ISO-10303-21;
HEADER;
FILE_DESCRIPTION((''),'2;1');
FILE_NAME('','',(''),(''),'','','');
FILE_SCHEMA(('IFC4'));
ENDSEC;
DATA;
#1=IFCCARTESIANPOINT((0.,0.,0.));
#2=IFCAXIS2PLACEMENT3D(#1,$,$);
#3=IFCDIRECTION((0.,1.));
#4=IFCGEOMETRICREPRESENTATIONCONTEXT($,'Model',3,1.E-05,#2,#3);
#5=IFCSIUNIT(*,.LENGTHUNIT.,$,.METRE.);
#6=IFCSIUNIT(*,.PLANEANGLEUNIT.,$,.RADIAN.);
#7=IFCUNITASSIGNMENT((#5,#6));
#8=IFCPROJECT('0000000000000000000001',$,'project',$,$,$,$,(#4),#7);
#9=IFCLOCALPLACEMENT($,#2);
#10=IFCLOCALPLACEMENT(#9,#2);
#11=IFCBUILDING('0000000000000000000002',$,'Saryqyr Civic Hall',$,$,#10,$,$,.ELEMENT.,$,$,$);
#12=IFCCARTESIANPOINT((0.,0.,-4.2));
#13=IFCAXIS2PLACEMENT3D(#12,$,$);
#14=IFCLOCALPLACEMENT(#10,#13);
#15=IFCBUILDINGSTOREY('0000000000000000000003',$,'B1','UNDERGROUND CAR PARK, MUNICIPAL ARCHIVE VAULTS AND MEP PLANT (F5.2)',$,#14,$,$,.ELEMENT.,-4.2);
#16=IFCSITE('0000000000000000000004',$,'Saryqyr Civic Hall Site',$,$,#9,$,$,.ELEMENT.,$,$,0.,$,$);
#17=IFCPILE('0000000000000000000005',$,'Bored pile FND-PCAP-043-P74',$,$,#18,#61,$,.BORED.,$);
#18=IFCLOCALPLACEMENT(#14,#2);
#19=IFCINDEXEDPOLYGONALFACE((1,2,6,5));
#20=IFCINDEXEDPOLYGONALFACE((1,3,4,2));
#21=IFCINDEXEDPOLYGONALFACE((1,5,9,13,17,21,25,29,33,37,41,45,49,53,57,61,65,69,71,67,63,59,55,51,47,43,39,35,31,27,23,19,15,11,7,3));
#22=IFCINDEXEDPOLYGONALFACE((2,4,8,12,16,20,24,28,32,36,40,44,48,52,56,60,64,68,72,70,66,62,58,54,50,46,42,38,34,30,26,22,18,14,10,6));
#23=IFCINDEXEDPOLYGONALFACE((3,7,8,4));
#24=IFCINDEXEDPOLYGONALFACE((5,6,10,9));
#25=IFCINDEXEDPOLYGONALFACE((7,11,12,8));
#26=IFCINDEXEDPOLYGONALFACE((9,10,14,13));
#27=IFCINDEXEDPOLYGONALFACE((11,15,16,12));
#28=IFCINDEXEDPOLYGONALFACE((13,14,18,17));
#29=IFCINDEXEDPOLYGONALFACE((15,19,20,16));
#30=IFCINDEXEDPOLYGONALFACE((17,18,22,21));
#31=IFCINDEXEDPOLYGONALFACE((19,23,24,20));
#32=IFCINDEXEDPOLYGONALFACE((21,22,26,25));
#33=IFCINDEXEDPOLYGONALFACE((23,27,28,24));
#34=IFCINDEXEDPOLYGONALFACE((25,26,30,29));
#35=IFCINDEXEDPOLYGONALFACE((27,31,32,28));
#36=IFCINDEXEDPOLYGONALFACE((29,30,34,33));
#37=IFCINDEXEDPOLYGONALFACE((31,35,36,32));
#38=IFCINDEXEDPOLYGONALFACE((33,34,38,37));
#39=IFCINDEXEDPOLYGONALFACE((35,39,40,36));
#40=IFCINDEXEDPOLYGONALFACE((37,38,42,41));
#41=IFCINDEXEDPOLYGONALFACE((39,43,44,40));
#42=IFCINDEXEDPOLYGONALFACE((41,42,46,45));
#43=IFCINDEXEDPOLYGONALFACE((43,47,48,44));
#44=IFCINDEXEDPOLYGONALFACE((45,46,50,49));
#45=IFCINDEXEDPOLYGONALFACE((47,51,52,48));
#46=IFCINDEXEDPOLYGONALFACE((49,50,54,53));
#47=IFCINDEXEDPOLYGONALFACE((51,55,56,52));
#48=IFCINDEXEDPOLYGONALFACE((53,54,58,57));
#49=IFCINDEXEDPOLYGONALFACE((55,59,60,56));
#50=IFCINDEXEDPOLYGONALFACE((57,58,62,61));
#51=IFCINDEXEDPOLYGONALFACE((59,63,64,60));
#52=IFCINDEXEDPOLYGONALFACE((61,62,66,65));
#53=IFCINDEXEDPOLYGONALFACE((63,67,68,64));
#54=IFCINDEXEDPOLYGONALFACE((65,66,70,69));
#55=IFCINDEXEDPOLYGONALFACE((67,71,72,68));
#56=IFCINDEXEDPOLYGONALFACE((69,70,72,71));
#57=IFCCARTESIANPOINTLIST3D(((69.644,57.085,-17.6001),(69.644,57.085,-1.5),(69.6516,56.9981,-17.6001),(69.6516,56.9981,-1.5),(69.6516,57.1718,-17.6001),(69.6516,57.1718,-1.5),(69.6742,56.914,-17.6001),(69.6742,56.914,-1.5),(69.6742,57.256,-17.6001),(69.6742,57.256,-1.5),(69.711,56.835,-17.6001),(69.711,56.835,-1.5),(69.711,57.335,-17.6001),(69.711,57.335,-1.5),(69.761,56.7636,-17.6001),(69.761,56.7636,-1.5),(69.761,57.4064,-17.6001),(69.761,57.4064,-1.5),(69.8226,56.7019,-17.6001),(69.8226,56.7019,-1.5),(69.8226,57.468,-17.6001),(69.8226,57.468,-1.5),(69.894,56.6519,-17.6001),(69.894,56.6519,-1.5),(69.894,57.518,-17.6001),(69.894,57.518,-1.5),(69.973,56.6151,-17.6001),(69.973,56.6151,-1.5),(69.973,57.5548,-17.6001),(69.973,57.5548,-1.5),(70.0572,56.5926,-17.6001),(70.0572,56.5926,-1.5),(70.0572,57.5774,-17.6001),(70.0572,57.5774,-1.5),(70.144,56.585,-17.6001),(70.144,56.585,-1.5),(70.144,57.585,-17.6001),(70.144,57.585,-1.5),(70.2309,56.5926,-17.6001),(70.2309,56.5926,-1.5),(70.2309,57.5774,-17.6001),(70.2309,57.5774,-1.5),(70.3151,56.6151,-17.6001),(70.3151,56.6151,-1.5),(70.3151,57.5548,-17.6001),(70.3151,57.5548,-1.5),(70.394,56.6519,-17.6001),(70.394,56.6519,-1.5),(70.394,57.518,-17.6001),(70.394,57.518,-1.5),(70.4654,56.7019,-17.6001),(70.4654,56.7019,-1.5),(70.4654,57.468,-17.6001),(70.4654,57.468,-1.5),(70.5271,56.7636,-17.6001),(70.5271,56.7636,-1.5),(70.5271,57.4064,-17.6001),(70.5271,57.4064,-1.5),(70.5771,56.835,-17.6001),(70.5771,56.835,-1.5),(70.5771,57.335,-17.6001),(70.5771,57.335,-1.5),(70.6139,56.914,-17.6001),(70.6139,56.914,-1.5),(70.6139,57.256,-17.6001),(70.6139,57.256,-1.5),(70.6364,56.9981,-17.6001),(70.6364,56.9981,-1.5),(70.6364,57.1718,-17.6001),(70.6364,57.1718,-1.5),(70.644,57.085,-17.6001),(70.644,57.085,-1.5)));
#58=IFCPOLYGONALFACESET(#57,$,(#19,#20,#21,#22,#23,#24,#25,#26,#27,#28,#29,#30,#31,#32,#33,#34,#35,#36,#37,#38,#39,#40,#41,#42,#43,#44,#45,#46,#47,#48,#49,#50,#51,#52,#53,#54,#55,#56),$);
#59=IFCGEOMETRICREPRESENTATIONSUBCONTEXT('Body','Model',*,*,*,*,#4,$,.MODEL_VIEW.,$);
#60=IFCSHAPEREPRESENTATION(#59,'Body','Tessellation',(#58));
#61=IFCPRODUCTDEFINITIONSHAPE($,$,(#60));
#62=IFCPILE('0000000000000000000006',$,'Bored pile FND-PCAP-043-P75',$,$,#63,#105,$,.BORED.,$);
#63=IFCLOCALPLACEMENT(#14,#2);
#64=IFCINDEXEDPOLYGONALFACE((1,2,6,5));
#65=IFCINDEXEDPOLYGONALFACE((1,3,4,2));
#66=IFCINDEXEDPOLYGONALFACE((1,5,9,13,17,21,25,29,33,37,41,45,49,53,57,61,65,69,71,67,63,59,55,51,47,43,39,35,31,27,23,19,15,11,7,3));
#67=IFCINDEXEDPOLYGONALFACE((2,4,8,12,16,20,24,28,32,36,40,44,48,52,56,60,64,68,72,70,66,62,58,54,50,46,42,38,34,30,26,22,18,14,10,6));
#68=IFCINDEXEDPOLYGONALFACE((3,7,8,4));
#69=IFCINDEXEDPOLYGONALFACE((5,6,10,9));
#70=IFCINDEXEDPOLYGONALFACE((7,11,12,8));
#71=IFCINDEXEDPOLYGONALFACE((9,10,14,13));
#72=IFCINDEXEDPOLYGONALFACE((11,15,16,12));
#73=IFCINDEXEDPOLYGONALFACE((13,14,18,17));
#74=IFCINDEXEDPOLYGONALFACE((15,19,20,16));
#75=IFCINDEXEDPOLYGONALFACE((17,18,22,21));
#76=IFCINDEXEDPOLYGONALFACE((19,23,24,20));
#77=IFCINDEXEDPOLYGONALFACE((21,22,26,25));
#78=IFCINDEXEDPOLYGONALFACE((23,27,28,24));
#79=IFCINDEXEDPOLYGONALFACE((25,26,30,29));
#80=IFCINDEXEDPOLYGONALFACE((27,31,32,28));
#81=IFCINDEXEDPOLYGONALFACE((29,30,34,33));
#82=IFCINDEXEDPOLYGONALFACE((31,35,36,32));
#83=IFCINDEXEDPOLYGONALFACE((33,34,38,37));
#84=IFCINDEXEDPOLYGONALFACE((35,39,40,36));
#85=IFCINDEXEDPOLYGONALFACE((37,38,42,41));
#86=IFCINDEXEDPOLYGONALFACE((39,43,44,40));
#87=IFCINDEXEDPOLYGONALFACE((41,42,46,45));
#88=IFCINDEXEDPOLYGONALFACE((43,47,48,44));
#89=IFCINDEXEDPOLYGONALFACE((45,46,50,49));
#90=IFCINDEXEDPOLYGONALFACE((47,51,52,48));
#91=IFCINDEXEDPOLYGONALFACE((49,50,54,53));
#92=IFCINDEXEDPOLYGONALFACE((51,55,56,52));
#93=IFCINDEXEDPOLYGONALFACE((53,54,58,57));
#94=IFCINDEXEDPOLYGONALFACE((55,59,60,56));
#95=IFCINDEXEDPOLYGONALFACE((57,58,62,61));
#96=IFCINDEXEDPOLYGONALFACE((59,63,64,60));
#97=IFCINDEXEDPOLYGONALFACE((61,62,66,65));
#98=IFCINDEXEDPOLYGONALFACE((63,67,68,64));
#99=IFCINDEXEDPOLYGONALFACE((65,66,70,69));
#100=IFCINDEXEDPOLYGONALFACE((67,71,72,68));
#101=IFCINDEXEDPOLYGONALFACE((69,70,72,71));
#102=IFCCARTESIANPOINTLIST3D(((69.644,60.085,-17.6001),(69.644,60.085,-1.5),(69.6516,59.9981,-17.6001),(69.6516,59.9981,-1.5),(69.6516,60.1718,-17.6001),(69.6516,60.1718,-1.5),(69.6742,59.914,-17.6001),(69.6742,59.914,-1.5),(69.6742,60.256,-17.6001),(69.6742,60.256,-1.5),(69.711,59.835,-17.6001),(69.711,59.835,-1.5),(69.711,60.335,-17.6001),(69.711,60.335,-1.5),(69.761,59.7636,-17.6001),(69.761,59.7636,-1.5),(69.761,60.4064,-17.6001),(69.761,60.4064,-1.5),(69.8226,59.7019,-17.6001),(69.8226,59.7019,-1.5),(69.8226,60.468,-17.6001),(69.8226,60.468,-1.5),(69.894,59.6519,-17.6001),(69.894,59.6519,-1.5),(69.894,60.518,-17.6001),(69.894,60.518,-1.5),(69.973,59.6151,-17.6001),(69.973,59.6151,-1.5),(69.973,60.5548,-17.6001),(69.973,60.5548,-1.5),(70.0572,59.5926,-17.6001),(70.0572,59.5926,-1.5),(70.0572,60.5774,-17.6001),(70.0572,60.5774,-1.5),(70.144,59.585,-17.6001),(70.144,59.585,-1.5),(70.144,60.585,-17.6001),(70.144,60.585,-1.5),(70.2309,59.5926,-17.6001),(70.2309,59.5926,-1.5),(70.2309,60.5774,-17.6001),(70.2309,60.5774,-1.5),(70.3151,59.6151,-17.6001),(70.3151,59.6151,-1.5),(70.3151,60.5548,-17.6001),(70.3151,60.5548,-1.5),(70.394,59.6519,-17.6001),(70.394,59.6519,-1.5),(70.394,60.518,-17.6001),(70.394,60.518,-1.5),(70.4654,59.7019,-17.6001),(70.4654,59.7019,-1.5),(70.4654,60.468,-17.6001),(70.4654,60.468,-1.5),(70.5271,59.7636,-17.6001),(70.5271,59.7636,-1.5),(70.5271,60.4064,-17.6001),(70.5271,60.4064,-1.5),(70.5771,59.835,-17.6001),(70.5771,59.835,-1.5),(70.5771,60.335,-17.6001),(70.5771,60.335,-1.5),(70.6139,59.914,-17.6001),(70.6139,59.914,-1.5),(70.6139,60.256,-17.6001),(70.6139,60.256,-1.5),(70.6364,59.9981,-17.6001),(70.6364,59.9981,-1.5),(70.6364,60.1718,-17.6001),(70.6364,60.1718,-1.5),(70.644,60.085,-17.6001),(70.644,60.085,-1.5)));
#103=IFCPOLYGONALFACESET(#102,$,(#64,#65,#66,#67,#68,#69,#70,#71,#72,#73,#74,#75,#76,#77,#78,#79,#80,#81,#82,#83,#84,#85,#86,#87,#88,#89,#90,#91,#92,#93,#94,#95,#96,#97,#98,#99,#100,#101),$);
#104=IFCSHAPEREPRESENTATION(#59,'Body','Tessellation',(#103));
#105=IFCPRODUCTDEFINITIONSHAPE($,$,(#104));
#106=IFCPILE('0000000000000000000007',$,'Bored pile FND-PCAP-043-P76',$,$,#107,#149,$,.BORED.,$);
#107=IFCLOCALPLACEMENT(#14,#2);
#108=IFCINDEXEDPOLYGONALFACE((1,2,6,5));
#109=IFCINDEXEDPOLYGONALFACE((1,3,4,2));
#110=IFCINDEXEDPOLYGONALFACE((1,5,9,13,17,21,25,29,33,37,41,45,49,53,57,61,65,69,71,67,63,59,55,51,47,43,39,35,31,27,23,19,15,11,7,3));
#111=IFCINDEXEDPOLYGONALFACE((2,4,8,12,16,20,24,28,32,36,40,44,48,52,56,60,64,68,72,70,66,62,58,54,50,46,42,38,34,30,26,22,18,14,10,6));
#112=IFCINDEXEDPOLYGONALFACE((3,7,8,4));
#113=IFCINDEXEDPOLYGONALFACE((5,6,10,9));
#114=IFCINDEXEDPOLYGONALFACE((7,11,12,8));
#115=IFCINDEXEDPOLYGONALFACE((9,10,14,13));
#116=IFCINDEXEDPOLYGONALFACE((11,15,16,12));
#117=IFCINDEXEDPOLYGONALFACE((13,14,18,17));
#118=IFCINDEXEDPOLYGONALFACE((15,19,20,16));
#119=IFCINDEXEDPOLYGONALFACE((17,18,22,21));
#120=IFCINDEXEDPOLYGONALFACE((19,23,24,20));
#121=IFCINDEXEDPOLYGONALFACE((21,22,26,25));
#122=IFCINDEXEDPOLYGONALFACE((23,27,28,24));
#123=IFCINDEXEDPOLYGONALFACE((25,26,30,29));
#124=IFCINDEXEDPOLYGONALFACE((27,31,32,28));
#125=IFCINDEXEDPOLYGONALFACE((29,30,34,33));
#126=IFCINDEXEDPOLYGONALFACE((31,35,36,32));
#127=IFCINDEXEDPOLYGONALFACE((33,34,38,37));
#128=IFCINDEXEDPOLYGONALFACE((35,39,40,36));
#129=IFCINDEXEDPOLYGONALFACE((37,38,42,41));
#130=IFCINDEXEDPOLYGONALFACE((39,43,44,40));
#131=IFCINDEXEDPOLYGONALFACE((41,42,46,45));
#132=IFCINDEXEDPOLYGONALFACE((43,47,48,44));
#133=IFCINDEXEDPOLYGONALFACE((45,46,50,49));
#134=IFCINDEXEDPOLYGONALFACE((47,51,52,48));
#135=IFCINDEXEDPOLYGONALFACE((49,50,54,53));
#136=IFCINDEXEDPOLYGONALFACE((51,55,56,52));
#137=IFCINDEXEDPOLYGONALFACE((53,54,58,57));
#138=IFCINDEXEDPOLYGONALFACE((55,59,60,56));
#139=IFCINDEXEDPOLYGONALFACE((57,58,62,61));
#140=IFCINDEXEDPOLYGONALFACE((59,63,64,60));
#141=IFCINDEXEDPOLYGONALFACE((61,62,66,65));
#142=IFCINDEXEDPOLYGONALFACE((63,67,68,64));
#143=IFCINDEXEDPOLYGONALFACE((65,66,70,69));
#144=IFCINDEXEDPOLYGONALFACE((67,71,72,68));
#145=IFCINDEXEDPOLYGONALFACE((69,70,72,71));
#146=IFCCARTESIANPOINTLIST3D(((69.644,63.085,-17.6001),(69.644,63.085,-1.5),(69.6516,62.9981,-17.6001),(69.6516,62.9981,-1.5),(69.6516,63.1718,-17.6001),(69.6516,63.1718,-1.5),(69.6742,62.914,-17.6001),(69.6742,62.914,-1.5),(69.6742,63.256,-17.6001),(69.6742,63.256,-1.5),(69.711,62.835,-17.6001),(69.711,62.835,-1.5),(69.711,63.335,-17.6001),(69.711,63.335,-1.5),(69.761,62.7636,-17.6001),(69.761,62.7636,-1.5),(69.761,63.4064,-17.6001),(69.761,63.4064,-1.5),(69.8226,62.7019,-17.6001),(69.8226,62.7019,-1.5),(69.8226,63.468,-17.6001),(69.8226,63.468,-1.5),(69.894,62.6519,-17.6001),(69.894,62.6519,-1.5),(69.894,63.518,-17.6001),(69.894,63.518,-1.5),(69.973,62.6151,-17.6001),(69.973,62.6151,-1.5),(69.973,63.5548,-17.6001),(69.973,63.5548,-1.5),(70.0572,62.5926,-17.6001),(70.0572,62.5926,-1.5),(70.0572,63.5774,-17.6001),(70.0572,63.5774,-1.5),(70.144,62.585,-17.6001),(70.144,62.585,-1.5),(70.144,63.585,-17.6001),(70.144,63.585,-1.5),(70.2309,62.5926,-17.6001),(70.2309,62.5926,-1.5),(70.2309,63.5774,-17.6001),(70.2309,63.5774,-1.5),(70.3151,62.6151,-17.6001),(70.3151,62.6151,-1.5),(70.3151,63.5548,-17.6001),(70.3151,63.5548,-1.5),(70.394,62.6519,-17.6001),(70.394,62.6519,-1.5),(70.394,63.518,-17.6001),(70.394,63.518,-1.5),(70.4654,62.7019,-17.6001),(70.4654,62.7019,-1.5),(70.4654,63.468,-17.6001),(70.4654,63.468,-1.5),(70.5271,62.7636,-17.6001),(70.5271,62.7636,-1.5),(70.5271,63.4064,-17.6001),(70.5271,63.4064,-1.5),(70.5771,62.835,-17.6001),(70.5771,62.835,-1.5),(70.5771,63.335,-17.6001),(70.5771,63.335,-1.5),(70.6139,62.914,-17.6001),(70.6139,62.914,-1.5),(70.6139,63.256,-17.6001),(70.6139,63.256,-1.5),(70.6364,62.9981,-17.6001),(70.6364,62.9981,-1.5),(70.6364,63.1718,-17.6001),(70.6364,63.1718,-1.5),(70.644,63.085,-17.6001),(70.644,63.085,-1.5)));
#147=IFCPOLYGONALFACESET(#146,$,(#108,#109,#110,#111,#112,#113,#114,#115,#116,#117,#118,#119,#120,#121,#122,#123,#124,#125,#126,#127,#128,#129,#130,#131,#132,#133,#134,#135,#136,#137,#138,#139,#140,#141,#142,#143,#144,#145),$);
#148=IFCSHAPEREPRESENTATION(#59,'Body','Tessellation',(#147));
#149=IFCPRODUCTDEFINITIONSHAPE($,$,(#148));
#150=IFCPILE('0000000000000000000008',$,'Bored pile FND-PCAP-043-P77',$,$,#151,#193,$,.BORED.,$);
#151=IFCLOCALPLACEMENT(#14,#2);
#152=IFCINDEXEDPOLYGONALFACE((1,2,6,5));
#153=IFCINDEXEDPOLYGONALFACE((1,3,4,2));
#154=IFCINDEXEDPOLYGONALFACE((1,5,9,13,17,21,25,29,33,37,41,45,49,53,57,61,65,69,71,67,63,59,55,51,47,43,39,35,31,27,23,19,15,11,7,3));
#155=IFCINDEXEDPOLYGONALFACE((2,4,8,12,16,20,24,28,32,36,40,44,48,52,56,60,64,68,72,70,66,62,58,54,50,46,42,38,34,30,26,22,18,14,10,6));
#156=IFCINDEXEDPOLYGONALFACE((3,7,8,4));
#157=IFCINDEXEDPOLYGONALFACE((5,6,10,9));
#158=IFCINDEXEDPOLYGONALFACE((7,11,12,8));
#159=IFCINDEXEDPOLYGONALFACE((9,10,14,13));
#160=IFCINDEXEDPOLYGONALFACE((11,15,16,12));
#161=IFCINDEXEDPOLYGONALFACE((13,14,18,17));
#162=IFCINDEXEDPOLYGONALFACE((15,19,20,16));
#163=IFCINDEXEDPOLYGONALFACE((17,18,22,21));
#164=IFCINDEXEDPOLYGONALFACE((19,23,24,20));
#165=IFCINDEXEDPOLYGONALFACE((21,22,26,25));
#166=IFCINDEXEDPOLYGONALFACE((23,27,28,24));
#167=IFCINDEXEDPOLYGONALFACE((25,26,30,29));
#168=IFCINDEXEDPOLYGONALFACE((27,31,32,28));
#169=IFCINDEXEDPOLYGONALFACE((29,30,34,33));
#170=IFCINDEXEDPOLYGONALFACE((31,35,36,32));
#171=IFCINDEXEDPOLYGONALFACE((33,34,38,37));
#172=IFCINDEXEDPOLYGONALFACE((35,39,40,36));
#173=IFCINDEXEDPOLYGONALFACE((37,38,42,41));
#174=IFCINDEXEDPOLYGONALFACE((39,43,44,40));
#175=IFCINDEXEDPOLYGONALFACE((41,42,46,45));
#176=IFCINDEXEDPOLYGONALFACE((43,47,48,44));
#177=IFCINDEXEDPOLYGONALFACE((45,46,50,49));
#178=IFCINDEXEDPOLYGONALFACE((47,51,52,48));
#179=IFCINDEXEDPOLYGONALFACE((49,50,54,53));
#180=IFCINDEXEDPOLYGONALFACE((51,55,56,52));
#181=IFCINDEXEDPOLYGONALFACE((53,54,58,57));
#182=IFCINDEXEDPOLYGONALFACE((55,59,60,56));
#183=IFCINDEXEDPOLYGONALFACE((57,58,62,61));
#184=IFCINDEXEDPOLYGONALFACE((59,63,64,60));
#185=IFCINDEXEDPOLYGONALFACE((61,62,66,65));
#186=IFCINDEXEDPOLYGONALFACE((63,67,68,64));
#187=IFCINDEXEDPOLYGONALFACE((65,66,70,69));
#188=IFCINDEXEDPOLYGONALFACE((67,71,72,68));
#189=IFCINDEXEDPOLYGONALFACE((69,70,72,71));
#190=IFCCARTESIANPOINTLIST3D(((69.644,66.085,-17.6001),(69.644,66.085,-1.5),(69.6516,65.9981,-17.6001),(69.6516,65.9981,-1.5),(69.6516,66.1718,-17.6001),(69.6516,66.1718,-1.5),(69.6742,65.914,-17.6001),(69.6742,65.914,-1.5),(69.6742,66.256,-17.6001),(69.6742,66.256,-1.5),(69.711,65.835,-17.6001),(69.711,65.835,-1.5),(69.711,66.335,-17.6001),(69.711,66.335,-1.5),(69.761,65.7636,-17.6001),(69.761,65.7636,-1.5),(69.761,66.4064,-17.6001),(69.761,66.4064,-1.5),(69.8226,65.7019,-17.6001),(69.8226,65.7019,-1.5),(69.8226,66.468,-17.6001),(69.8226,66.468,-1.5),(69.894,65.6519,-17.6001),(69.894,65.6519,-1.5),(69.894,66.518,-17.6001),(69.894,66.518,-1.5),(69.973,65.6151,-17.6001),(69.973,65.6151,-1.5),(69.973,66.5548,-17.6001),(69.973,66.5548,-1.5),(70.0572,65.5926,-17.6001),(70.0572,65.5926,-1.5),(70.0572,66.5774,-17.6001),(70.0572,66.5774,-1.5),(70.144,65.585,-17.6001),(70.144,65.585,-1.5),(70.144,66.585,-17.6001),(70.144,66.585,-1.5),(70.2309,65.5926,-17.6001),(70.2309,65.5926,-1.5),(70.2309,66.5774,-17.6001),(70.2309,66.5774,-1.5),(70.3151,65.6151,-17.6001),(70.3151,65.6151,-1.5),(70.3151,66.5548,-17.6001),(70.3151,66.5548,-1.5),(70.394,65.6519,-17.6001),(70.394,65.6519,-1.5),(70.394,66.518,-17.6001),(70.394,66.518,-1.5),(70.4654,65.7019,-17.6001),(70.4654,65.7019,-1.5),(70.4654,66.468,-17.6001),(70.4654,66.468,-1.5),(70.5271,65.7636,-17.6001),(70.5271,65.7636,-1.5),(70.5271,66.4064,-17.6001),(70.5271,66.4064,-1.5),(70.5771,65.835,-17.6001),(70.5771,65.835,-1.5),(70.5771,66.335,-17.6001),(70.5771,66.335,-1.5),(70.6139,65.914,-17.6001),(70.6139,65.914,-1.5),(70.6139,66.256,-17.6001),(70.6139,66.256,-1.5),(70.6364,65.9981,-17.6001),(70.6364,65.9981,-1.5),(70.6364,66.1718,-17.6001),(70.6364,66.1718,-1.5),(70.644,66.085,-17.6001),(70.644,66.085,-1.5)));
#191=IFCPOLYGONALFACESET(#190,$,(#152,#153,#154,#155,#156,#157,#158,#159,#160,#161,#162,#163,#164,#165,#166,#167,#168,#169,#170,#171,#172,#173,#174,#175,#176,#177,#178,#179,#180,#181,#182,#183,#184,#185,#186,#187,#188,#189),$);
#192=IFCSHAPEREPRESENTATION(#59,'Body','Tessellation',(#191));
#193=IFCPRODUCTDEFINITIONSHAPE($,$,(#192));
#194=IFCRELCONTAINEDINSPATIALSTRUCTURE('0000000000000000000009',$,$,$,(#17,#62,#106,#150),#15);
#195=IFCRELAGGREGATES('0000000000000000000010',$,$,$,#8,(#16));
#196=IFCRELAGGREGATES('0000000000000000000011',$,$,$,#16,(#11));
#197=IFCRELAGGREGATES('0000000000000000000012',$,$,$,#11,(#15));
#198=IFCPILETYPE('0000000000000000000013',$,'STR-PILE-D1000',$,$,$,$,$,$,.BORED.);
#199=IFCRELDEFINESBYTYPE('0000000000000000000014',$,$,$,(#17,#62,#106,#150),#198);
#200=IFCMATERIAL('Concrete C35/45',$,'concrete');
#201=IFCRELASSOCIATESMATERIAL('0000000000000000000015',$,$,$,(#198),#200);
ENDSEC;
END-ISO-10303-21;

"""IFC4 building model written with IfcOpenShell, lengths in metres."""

from ifc_helpers import new_model, si_unit, direction, frame, origin, origin_2d, place, context, subcontext, project, spatial, circle, extrude, material, material_profile, profile_set, type_object, element, save


model = new_model("IFC4")

# Units and contexts
model_context = context("Model", 3, precision=1e-05, world=origin(), true_north=direction((0.0, 1.0)))
body_context = subcontext(model_context, "Body", "Model", "MODEL_VIEW")
ifc_project = project(units=[si_unit("LENGTHUNIT", "METRE"), si_unit("PLANEANGLEUNIT", "RADIAN")], contexts=[model_context])

# Site, building, storey
site_placement = place(None, origin())
site = spatial("IfcSite", under=ifc_project, at=site_placement, Name="Saryqyr Civic Hall Site", CompositionType="ELEMENT", RefElevation=0.0)
building_placement = place(site_placement, origin())
building = spatial("IfcBuilding", under=site, at=building_placement, Name="Saryqyr Civic Hall", CompositionType="ELEMENT")
storey_placement = place(building_placement, frame((0.0, 0.0, -4.2)))
storey = spatial("IfcBuildingStorey", under=building, at=storey_placement, Name="B1", Description="UNDERGROUND CAR PARK, MUNICIPAL ARCHIVE VAULTS AND MEP PLANT (F5.2)", CompositionType="ELEMENT", Elevation=-4.2)

# Piles
ifc_material_1 = material(Name="Concrete C35/45", Category="concrete")
ifc_material_profile_1 = material_profile(ifc_material_1, circle(Radius=0.5, at=origin_2d()), Name="BORED PILE D1000")
ifc_profile_set_1 = profile_set([ifc_material_profile_1], Name="Concrete C35/45")
pile_type = type_object("IfcPileType", Name="STR-PILE-D1000", PredefinedType="BORED", material=ifc_profile_set_1)
for number, where, z_axis, x_axis, name in (
    (1, (70.144, 57.085, -1.5), (0.0, 0.0, -1.0), (1.0, 0.0, 0.0), "Bored pile FND-PCAP-043-P74"),
    (2, (70.144, 60.085, -1.5), (0.0, 0.0, -1.0), (1.0, 0.0, 0.0), "Bored pile FND-PCAP-043-P75"),
    (3, (70.144, 63.085, -1.5), (0.0, 0.0, -1.0), (1.0, 0.0, 0.0), "Bored pile FND-PCAP-043-P76"),
    (4, (70.144, 66.085, -1.5), (0.0, 0.0, -1.0), (1.0, 0.0, 0.0), "Bored pile FND-PCAP-043-P77"),
):
    element("IfcPile", number, at=place(storey_placement, frame(where, z_axis=z_axis, x_axis=x_axis)), inside=storey, type_object=pile_type, Name=name, PredefinedType="BORED", context=body_context, shape_type="SweptSolid", body=[
        extrude(circle(Radius=0.5, at=origin_2d()), origin(), (0.0, 0.0, 1.0), 16.1001),
    ])

save(model, "model.ifc")
